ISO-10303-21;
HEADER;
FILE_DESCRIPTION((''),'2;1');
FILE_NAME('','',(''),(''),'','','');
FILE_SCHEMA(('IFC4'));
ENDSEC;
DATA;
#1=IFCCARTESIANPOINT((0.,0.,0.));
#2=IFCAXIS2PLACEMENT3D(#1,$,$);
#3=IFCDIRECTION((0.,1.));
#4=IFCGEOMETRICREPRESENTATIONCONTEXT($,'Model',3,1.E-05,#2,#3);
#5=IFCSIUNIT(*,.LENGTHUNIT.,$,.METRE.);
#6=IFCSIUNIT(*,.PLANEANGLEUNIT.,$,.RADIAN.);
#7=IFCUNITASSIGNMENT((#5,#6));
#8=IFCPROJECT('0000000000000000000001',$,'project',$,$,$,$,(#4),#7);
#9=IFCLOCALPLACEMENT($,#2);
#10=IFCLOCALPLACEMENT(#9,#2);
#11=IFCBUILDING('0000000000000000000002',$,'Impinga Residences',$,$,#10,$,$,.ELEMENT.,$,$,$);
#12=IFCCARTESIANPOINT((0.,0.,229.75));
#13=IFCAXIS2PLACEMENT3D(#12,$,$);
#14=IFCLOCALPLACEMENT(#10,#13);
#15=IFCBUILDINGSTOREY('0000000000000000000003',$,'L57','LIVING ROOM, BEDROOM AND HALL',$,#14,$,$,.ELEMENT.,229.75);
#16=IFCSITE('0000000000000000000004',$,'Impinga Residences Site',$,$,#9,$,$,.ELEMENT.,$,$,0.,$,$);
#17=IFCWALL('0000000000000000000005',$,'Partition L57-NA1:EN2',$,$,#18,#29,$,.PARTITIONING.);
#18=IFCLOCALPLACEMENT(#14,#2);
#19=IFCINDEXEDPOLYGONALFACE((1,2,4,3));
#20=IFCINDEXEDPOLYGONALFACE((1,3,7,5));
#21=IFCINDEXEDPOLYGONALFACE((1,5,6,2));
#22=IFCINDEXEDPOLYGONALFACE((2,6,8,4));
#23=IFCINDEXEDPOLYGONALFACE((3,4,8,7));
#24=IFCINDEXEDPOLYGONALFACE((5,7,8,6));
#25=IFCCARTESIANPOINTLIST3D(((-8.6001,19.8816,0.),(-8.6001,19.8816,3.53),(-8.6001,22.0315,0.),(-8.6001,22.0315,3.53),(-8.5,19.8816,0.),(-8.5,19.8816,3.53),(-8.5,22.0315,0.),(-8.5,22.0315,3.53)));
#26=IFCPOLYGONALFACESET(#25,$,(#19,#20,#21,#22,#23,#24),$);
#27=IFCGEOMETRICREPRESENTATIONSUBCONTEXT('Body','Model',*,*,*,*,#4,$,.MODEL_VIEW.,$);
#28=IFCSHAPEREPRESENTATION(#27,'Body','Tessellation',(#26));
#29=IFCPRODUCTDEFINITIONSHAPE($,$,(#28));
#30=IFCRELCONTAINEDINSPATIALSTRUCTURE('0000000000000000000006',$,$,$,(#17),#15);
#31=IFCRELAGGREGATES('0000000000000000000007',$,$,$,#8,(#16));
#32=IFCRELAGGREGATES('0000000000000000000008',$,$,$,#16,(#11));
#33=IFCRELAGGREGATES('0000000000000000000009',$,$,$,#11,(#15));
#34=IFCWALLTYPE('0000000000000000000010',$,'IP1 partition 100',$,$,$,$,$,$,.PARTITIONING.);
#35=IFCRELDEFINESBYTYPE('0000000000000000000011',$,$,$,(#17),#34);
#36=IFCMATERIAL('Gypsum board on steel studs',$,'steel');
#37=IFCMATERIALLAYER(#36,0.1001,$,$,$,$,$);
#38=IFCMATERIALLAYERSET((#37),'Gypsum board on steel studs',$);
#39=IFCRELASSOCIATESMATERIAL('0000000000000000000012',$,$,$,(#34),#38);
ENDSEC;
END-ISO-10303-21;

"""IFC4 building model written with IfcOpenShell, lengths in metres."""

from ifc_helpers import new_model, si_unit, direction, frame, frame_2d, origin, place, context, subcontext, project, spatial, rectangle, extrude, material, layer, layer_set, type_object, element, save


model = new_model("IFC4")

# Units and contexts
model_context = context("Model", 3, precision=1e-05, world=origin(), true_north=direction((0.0, 1.0)))
body_context = subcontext(model_context, "Body", "Model", "MODEL_VIEW")
ifc_project = project(units=[si_unit("LENGTHUNIT", "METRE"), si_unit("PLANEANGLEUNIT", "RADIAN")], contexts=[model_context])

# Site, building, storey
site_placement = place(None, origin())
site = spatial("IfcSite", under=ifc_project, at=site_placement, Name="Impinga Residences Site", CompositionType="ELEMENT", RefElevation=0.0)
building_placement = place(site_placement, origin())
building = spatial("IfcBuilding", under=site, at=building_placement, Name="Impinga Residences", CompositionType="ELEMENT")
storey_placement = place(building_placement, frame((0.0, 0.0, 229.75)))
storey = spatial("IfcBuildingStorey", under=building, at=storey_placement, Name="L57", Description="LIVING ROOM, BEDROOM AND HALL", CompositionType="ELEMENT", Elevation=229.75)

# Shared definitions
ifc_material_1 = material(Name="Gypsum board on steel studs", Category="steel")
ifc_layer_1 = layer(ifc_material_1, 0.1001)
ifc_layer_set_1 = layer_set([ifc_layer_1], Name="Gypsum board on steel studs")
wall_type_1 = type_object("IfcWallType", Name="IP1 partition 100", PredefinedType="PARTITIONING", material=ifc_layer_set_1)

# Wall
wall_1_placement = place(storey_placement, frame((-8.55, 19.8816, 0.0), z_axis=(0.0, 0.0, 1.0), x_axis=(0.0, 1.0, 0.0)))
element("IfcWall", 1, at=wall_1_placement, inside=storey, type_object=wall_type_1, Name="Partition L57-NA1:EN2", PredefinedType="PARTITIONING", context=body_context, shape_type="SweptSolid", body=[
    extrude(rectangle(XDim=2.1499, YDim=0.1001, at=frame_2d((1.075, 0.0))), origin(), (0.0, 0.0, 1.0), 3.53),
])

save(model, "model.ifc")
